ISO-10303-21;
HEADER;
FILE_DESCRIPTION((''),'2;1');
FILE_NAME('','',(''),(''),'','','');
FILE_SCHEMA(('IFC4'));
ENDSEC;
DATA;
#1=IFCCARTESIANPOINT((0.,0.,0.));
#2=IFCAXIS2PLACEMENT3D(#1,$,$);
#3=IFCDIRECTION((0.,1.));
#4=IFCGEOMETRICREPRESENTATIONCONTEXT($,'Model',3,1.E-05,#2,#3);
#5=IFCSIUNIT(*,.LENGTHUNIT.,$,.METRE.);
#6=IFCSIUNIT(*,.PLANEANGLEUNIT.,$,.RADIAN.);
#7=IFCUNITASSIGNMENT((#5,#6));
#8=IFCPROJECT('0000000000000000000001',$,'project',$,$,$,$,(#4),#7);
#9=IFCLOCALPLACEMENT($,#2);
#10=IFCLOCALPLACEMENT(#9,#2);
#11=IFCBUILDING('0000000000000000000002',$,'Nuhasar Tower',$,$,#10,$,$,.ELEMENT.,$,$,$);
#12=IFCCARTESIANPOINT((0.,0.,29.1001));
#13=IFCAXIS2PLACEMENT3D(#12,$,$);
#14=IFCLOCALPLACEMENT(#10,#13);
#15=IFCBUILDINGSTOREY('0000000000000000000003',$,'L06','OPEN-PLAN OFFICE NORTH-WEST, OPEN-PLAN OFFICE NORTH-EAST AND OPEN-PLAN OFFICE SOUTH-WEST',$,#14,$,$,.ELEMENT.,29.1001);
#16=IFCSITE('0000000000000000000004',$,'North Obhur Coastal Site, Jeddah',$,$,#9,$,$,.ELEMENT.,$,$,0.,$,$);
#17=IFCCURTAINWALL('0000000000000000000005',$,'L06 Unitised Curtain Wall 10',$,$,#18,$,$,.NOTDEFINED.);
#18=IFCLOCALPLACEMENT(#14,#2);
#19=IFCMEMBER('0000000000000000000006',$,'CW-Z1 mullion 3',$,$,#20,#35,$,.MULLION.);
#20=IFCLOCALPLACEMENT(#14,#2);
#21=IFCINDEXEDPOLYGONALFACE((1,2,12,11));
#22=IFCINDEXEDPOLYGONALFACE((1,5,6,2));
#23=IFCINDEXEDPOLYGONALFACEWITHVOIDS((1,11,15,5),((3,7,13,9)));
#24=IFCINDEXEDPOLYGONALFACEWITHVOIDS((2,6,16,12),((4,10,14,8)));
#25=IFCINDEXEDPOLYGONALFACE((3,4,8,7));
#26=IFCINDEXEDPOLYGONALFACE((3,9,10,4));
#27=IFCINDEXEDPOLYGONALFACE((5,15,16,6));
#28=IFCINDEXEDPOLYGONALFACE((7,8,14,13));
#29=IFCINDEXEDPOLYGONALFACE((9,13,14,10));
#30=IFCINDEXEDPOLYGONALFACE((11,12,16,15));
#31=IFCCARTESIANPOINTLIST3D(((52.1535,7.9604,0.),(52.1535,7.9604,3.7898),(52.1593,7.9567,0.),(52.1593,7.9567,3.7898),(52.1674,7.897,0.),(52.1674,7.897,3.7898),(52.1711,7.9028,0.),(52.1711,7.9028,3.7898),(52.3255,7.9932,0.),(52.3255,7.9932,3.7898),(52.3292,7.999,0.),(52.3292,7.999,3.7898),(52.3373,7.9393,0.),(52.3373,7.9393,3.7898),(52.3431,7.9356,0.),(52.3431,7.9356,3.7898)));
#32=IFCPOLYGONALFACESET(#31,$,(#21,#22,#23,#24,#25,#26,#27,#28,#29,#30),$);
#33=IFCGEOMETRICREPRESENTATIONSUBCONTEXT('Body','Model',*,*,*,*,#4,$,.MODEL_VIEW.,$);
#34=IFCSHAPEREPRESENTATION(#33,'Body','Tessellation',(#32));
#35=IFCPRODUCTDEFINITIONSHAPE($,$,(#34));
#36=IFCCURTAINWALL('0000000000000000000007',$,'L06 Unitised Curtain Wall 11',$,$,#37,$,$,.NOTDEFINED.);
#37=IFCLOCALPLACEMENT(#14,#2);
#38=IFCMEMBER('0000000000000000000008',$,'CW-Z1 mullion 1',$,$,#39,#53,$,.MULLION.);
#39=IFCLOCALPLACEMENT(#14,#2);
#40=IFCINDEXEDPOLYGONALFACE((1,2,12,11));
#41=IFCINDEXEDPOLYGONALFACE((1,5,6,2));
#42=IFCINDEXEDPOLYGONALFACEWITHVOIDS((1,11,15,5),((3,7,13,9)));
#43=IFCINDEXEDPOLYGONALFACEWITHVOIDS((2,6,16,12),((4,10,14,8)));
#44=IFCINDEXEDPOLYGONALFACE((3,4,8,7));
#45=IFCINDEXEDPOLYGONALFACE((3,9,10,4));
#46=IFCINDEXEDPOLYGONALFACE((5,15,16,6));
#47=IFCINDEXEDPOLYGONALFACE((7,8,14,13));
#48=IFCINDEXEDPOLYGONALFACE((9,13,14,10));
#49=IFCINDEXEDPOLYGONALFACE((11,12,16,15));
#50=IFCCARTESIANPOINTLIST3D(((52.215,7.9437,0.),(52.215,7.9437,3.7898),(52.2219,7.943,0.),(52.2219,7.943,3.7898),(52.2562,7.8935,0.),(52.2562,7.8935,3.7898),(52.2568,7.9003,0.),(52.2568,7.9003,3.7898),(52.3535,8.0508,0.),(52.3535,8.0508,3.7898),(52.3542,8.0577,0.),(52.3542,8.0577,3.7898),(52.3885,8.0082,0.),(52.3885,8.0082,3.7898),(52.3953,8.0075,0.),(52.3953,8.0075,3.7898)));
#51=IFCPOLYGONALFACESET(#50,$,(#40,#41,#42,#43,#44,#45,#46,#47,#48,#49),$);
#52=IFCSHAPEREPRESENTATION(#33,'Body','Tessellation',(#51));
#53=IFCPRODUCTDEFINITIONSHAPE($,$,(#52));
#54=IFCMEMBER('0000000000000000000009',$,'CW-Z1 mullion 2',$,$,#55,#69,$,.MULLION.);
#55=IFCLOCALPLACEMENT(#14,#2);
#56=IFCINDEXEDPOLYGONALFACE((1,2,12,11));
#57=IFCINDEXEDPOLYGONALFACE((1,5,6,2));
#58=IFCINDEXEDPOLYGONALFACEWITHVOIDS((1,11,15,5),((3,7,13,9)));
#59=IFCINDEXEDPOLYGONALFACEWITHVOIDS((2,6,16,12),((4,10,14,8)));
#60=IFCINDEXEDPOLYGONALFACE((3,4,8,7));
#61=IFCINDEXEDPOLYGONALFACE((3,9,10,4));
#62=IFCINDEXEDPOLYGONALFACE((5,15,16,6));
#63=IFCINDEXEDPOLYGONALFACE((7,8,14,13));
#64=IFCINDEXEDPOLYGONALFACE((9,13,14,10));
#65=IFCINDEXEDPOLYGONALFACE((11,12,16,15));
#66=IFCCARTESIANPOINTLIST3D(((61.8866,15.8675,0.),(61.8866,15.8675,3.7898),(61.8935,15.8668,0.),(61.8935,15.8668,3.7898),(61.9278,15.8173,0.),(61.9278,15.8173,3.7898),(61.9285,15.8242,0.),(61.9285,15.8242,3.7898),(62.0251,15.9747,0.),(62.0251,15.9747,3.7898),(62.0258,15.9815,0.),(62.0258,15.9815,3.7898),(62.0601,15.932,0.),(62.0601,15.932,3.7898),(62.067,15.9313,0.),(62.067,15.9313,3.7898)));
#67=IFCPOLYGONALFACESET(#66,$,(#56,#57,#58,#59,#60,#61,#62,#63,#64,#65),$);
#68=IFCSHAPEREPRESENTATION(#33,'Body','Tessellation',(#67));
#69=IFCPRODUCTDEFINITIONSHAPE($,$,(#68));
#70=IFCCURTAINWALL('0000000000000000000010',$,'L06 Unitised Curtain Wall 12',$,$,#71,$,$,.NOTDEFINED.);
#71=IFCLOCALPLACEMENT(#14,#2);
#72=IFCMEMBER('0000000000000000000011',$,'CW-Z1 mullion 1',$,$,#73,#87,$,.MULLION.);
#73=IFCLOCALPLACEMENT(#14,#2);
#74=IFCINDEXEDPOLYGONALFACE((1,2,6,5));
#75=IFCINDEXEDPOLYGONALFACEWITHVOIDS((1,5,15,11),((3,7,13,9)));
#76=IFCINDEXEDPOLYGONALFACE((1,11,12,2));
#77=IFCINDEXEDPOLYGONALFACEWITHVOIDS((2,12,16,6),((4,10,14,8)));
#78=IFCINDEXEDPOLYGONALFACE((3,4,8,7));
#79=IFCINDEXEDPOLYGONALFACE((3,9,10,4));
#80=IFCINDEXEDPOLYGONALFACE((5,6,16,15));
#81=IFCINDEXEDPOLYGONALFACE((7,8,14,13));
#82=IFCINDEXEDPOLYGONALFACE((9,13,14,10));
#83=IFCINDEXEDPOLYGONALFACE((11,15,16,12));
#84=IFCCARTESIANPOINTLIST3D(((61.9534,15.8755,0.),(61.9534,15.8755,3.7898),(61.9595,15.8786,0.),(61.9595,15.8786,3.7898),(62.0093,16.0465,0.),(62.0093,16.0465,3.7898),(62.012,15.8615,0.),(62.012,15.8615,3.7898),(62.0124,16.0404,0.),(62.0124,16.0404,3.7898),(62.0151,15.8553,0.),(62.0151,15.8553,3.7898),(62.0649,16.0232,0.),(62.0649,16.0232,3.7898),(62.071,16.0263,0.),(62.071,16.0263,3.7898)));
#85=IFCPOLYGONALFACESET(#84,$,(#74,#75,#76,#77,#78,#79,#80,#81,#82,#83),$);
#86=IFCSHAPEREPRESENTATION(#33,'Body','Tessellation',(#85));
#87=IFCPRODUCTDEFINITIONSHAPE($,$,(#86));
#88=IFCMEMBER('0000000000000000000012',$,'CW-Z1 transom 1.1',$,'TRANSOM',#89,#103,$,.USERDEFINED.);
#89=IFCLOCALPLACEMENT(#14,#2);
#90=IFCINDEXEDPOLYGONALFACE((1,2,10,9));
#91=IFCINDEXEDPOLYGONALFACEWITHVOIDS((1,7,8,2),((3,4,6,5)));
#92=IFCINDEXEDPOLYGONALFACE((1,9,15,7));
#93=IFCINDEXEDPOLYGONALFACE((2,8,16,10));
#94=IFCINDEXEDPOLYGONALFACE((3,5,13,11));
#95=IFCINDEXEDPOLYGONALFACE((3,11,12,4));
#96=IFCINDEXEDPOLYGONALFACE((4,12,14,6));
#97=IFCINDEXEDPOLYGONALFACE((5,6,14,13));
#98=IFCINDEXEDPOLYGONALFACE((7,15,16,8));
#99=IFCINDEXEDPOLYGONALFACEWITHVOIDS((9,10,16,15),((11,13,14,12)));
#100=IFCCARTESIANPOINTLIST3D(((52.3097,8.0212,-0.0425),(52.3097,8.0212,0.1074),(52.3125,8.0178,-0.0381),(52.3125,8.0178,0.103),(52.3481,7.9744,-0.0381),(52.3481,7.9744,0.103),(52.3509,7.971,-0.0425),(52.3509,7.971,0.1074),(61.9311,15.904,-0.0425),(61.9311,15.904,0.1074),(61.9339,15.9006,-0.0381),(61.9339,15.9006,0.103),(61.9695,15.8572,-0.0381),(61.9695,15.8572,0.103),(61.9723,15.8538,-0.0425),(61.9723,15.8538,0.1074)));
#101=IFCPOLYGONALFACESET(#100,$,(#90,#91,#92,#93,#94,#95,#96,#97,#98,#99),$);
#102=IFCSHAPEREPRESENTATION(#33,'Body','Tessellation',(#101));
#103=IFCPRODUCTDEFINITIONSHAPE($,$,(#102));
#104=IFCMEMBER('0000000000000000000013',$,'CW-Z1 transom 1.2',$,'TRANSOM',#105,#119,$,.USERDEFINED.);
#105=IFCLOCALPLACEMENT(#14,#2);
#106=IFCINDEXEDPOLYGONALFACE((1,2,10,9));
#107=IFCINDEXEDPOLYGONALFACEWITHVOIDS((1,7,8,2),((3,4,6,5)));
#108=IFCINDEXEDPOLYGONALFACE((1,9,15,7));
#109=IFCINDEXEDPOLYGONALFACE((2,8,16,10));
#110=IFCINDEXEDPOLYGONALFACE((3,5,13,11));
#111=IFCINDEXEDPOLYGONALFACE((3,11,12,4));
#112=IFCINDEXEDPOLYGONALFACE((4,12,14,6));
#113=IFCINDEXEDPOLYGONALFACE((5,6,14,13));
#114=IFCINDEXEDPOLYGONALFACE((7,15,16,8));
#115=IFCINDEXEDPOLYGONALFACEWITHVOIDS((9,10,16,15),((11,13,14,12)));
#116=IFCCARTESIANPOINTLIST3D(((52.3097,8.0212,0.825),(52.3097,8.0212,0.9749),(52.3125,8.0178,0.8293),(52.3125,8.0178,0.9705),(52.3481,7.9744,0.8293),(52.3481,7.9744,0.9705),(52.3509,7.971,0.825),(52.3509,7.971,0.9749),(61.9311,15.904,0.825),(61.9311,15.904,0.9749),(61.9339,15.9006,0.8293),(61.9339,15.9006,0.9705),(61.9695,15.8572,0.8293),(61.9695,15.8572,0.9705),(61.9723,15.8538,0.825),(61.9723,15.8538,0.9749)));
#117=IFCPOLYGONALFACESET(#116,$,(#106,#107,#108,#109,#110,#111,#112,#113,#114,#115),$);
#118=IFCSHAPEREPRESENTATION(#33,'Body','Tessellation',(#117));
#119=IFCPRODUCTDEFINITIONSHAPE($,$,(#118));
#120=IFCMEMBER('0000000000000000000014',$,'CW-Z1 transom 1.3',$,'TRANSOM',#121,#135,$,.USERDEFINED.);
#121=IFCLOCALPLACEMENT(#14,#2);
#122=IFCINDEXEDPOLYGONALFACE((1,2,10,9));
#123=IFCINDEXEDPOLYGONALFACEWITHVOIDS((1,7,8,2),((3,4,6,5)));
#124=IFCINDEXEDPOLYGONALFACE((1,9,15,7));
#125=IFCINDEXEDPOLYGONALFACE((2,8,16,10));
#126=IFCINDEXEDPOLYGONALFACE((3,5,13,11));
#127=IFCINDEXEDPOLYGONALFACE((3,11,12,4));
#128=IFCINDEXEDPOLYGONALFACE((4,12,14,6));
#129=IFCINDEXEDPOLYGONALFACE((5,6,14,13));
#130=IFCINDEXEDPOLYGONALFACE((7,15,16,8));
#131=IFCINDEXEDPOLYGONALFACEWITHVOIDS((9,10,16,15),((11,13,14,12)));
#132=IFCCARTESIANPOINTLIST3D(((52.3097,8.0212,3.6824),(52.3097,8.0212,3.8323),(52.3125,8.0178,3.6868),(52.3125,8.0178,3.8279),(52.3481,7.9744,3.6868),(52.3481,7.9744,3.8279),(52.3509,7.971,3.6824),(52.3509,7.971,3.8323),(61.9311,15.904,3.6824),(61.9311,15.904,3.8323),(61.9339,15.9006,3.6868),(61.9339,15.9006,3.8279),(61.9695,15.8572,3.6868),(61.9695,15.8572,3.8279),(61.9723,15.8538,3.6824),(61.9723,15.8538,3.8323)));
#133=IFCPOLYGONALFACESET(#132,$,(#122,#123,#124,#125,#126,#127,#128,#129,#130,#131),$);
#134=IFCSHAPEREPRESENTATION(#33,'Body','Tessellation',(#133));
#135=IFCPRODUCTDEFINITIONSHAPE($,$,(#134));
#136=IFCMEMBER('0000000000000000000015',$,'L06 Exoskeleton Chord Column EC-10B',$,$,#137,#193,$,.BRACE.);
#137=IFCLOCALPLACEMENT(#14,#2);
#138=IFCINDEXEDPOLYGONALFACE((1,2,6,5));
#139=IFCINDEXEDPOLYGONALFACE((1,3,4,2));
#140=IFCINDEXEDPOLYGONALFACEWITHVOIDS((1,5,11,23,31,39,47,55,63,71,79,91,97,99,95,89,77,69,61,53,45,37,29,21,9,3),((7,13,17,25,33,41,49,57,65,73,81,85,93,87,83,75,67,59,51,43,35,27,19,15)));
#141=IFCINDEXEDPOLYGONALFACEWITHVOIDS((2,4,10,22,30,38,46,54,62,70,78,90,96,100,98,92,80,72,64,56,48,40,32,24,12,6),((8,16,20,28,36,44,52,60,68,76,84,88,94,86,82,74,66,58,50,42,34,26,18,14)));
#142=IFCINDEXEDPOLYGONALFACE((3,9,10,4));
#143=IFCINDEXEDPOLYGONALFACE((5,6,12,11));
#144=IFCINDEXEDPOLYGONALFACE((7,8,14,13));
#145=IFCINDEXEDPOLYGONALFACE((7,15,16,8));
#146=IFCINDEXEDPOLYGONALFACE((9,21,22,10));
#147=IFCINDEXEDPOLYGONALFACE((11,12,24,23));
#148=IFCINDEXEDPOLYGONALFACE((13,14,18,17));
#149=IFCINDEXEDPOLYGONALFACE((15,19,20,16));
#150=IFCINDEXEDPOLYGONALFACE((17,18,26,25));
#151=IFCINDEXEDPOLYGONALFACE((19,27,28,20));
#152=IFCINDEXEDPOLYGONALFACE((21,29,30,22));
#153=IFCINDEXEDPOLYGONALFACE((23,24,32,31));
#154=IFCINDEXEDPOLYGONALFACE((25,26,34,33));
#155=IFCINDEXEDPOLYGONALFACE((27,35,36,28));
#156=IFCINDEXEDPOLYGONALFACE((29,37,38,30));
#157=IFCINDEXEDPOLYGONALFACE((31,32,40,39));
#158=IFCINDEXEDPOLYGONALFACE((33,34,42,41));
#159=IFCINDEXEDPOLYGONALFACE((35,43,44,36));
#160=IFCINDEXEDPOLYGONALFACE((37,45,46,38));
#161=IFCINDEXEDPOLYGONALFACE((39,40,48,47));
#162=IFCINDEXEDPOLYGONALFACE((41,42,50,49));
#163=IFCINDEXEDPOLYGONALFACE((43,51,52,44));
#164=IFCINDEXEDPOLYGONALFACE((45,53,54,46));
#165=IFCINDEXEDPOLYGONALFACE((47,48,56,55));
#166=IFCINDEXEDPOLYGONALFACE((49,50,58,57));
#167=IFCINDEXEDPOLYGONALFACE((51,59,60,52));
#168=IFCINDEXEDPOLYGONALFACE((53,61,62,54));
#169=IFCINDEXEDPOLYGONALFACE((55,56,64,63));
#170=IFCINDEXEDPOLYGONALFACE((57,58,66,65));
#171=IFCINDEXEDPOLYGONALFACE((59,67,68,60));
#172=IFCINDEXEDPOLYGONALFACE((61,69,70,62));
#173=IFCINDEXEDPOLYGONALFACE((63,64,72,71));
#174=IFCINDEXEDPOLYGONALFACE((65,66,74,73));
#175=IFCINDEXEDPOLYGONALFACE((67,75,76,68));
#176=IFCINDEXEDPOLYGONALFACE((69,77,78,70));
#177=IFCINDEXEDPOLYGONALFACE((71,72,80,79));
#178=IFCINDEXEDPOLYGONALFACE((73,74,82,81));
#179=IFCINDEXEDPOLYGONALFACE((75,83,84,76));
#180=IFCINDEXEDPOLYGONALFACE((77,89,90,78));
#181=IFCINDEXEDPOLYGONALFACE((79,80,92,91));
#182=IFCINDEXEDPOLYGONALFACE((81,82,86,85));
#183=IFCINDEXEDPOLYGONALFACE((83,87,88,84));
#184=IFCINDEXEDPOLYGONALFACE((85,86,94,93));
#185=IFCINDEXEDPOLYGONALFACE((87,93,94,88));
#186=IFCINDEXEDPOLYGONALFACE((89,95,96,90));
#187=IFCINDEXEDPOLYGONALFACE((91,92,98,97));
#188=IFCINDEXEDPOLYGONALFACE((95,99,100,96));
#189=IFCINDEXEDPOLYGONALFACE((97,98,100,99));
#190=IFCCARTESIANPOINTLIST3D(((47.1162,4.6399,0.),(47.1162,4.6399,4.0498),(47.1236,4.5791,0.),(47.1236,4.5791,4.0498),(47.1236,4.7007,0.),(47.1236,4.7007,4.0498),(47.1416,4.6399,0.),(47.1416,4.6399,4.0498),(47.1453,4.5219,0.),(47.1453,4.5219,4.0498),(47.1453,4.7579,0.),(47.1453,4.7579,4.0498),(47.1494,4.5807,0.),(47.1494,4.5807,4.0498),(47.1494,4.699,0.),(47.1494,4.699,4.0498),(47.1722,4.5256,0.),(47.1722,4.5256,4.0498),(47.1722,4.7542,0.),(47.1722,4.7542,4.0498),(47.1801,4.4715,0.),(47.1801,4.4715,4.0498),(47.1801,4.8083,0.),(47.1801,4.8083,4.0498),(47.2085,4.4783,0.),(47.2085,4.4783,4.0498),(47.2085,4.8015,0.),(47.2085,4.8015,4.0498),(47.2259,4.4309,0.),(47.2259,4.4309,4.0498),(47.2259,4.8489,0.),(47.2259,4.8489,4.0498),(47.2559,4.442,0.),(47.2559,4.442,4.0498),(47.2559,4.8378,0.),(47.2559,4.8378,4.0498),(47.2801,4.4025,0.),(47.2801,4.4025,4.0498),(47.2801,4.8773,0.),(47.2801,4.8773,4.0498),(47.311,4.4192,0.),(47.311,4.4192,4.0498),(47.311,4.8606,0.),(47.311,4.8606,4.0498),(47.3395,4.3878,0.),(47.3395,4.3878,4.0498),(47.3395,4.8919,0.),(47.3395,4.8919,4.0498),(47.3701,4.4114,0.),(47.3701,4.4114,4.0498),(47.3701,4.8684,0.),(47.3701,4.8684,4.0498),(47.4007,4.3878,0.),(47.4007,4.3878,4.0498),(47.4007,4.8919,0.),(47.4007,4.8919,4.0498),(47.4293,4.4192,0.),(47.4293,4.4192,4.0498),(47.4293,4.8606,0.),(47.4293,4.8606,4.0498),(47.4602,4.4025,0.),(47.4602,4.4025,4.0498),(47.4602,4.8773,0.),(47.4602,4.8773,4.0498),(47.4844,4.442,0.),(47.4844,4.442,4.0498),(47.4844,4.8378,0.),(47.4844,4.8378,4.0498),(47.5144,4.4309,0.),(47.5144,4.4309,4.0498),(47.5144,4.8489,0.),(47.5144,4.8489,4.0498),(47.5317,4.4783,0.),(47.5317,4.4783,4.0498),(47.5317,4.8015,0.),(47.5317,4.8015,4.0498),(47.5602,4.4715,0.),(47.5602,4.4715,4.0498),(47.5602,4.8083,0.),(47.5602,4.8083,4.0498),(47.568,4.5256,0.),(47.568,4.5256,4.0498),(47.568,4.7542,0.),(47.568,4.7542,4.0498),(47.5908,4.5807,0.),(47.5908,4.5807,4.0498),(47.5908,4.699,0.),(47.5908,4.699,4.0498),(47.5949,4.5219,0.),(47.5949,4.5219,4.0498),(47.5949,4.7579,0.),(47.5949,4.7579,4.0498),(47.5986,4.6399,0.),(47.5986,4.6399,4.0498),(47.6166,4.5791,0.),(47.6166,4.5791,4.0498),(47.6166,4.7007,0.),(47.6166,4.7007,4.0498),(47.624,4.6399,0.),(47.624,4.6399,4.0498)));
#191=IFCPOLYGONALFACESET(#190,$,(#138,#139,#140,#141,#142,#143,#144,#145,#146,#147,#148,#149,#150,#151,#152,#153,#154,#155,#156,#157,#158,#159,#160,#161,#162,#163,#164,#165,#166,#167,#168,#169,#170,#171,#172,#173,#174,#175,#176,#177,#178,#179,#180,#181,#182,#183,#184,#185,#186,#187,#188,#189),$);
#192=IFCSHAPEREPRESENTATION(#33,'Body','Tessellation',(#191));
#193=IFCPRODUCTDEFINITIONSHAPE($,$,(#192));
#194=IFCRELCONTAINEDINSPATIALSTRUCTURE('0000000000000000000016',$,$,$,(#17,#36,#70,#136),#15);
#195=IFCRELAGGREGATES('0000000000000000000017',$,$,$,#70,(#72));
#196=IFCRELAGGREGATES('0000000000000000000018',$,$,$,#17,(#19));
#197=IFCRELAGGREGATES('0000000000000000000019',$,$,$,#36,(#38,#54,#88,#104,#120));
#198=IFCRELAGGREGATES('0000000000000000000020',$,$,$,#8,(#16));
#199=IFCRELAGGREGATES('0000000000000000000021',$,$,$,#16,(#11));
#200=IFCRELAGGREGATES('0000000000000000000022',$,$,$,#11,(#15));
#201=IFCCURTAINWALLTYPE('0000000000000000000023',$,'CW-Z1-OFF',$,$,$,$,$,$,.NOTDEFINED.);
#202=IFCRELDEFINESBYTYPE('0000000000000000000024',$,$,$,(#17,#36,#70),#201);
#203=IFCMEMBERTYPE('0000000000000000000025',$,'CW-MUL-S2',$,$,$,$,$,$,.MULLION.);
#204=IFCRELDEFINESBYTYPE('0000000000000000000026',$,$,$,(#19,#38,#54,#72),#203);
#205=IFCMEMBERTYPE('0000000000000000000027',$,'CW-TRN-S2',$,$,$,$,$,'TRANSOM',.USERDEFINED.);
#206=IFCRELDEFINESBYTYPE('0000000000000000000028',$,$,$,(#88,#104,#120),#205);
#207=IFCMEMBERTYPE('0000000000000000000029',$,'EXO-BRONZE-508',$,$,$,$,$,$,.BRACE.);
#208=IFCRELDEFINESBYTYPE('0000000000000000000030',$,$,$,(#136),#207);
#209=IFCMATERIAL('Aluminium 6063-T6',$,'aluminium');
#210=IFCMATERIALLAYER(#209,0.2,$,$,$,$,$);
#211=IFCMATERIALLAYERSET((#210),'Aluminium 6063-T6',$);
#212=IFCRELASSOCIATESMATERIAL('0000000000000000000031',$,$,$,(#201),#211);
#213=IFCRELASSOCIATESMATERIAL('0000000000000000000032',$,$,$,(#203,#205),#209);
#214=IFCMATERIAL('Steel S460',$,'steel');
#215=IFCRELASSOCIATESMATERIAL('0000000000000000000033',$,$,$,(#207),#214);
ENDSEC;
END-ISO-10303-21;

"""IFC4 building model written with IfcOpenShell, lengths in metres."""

from ifc_helpers import new_model, si_unit, direction, frame, origin, origin_2d, place, context, subcontext, project, spatial, hollow_rectangle, hollow_circle, extrude, material, layer, layer_set, material_profile, profile_set, type_object, element, aggregate, save


model = new_model("IFC4")

# Units and contexts
model_context = context("Model", 3, precision=1e-05, world=origin(), true_north=direction((0.0, 1.0)))
body_context = subcontext(model_context, "Body", "Model", "MODEL_VIEW")
ifc_project = project(units=[si_unit("LENGTHUNIT", "METRE"), si_unit("PLANEANGLEUNIT", "RADIAN")], contexts=[model_context])

# Site, building, storey
site_placement = place(None, origin())
site = spatial("IfcSite", under=ifc_project, at=site_placement, Name="North Obhur Coastal Site, Jeddah", CompositionType="ELEMENT", RefElevation=0.0)
building_placement = place(site_placement, origin())
building = spatial("IfcBuilding", under=site, at=building_placement, Name="Nuhasar Tower", CompositionType="ELEMENT")
storey_placement = place(building_placement, frame((0.0, 0.0, 29.1001)))
storey = spatial("IfcBuildingStorey", under=building, at=storey_placement, Name="L06", Description="OPEN-PLAN OFFICE NORTH-WEST, OPEN-PLAN OFFICE NORTH-EAST AND OPEN-PLAN OFFICE SOUTH-WEST", CompositionType="ELEMENT", Elevation=29.1001)

# Curtain wall, member
ifc_material_1 = material(Name="Aluminium 6063-T6", Category="aluminium")
ifc_layer_1 = layer(ifc_material_1, 0.2)
ifc_layer_set_1 = layer_set([ifc_layer_1], Name="Aluminium 6063-T6")
curtain_wall_type = type_object("IfcCurtainWallType", Name="CW-Z1-OFF", PredefinedType="NOTDEFINED", material=ifc_layer_set_1)
curtain_wall_1_placement = place(storey_placement, origin())
curtain_wall_1 = element("IfcCurtainWall", 1, at=curtain_wall_1_placement, inside=storey, type_object=curtain_wall_type, Name="L06 Unitised Curtain Wall 10", PredefinedType="NOTDEFINED")
ifc_material_profile_1 = material_profile(ifc_material_1, hollow_rectangle(XDim=0.0649, YDim=0.1799, WallThickness=0.0049, at=origin_2d()), Name="CWM-2")
ifc_profile_set_1 = profile_set([ifc_material_profile_1], Name="Aluminium 6063-T6")
member_type_1 = type_object("IfcMemberType", Name="CW-MUL-S2", PredefinedType="MULLION", material=ifc_profile_set_1)
member_1_placement = place(storey_placement, frame((52.2483, 7.948, 0.0), z_axis=(0.0, 0.0, 1.0), x_axis=(-0.214399, 0.976746, 0.0)))
member_1 = element("IfcMember", 2, at=member_1_placement, type_object=member_type_1, Name="CW-Z1 mullion 3", PredefinedType="MULLION", context=body_context, shape_type="SweptSolid", body=[
    extrude(hollow_rectangle(XDim=0.0649, YDim=0.1799, WallThickness=0.0049, at=origin_2d()), origin(), (0.0, 0.0, 1.0), 3.7898),
])

# Curtain wall, members
curtain_wall_2_placement = place(storey_placement, origin())
curtain_wall_2 = element("IfcCurtainWall", 3, at=curtain_wall_2_placement, inside=storey, type_object=curtain_wall_type, Name="L06 Unitised Curtain Wall 11", PredefinedType="NOTDEFINED")
member_2_placement = place(storey_placement, frame((52.3052, 7.9756, 0.0), z_axis=(0.0, 0.0, 1.0), x_axis=(-0.633745, 0.773542, 0.0)))
member_2 = element("IfcMember", 4, at=member_2_placement, type_object=member_type_1, Name="CW-Z1 mullion 1", PredefinedType="MULLION", context=body_context, shape_type="SweptSolid", body=[
    extrude(hollow_rectangle(XDim=0.0649, YDim=0.1799, WallThickness=0.0049, at=origin_2d()), origin(), (0.0, 0.0, 1.0), 3.7898),
])
member_3_placement = place(storey_placement, frame((61.9768, 15.8994, 0.0), z_axis=(0.0, 0.0, 1.0), x_axis=(-0.633745, 0.773542, 0.0)))
member_3 = element("IfcMember", 5, at=member_3_placement, type_object=member_type_1, Name="CW-Z1 mullion 2", PredefinedType="MULLION", context=body_context, shape_type="SweptSolid", body=[
    extrude(hollow_rectangle(XDim=0.0649, YDim=0.1799, WallThickness=0.0049, at=origin_2d()), origin(), (0.0, 0.0, 1.0), 3.7898),
])

# Curtain wall, member
curtain_wall_3_placement = place(storey_placement, origin())
curtain_wall_3 = element("IfcCurtainWall", 6, at=curtain_wall_3_placement, inside=storey, type_object=curtain_wall_type, Name="L06 Unitised Curtain Wall 12", PredefinedType="NOTDEFINED")
member_4_placement = place(storey_placement, frame((62.0122, 15.9509, 0.0), z_axis=(0.0, 0.0, 1.0), x_axis=(-0.950468, 0.310824, 0.0)))
member_4 = element("IfcMember", 7, at=member_4_placement, type_object=member_type_1, Name="CW-Z1 mullion 1", PredefinedType="MULLION", context=body_context, shape_type="SweptSolid", body=[
    extrude(hollow_rectangle(XDim=0.0649, YDim=0.1799, WallThickness=0.0049, at=origin_2d()), origin(), (0.0, 0.0, 1.0), 3.7898),
])
aggregate(curtain_wall_3, [member_4])

# Members
ifc_material_profile_2 = material_profile(ifc_material_1, hollow_rectangle(XDim=0.0649, YDim=0.1499, WallThickness=0.0044, at=origin_2d()), Name="CWT-2")
ifc_profile_set_2 = profile_set([ifc_material_profile_2], Name="Aluminium 6063-T6")
member_type_2 = type_object("IfcMemberType", Name="CW-TRN-S2", ElementType="TRANSOM", PredefinedType="USERDEFINED", material=ifc_profile_set_2)
member_5_placement = place(storey_placement, frame((52.3303, 7.9961, 0.0325), z_axis=(0.773531, 0.633758, 0.0), x_axis=(-0.633758, 0.773531, 0.0)))
member_5 = element("IfcMember", 8, at=member_5_placement, type_object=member_type_2, Name="CW-Z1 transom 1.1", ObjectType="TRANSOM", PredefinedType="USERDEFINED", context=body_context, shape_type="SweptSolid", body=[
    extrude(hollow_rectangle(XDim=0.0649, YDim=0.1499, WallThickness=0.0044, at=origin_2d()), origin(), (0.0, 0.0, 1.0), 12.4382),
])
member_6_placement = place(storey_placement, frame((52.3303, 7.9961, 0.8999), z_axis=(0.773531, 0.633758, 0.0), x_axis=(-0.633758, 0.773531, 0.0)))
member_6 = element("IfcMember", 9, at=member_6_placement, type_object=member_type_2, Name="CW-Z1 transom 1.2", ObjectType="TRANSOM", PredefinedType="USERDEFINED", context=body_context, shape_type="SweptSolid", body=[
    extrude(hollow_rectangle(XDim=0.0649, YDim=0.1499, WallThickness=0.0044, at=origin_2d()), origin(), (0.0, 0.0, 1.0), 12.4382),
])
member_7_placement = place(storey_placement, frame((52.3303, 7.9961, 3.7573), z_axis=(0.773531, 0.633758, 0.0), x_axis=(-0.633758, 0.773531, 0.0)))
member_7 = element("IfcMember", 10, at=member_7_placement, type_object=member_type_2, Name="CW-Z1 transom 1.3", ObjectType="TRANSOM", PredefinedType="USERDEFINED", context=body_context, shape_type="SweptSolid", body=[
    extrude(hollow_rectangle(XDim=0.0649, YDim=0.1499, WallThickness=0.0044, at=origin_2d()), origin(), (0.0, 0.0, 1.0), 12.4382),
])

# Member
ifc_material_2 = material(Name="Steel S460", Category="steel")
ifc_material_profile_3 = material_profile(ifc_material_2, hollow_circle(Radius=0.2539, WallThickness=0.0254, at=origin_2d()), Name="HSS508X25.4")
ifc_profile_set_3 = profile_set([ifc_material_profile_3], Name="Steel S460")
member_type_3 = type_object("IfcMemberType", Name="EXO-BRONZE-508", PredefinedType="BRACE", material=ifc_profile_set_3)
for number, where, z_axis, x_axis, name in (
    (11, (47.3701, 4.6399, 0.0), (0.0, 0.0, 1.0), (1.0, 0.0, 0.0), "L06 Exoskeleton Chord Column EC-10B"),
):
    element("IfcMember", number, at=place(storey_placement, frame(where, z_axis=z_axis, x_axis=x_axis)), inside=storey, type_object=member_type_3, Name=name, PredefinedType="BRACE", context=body_context, shape_type="SweptSolid", body=[
        extrude(hollow_circle(Radius=0.2539, WallThickness=0.0254, at=origin_2d()), origin(), (0.0, 0.0, 1.0), 4.0498),
    ])

aggregate(curtain_wall_1, [member_1])
aggregate(curtain_wall_2, [member_2, member_3, member_5, member_6, member_7])

save(model, "model.ifc")
